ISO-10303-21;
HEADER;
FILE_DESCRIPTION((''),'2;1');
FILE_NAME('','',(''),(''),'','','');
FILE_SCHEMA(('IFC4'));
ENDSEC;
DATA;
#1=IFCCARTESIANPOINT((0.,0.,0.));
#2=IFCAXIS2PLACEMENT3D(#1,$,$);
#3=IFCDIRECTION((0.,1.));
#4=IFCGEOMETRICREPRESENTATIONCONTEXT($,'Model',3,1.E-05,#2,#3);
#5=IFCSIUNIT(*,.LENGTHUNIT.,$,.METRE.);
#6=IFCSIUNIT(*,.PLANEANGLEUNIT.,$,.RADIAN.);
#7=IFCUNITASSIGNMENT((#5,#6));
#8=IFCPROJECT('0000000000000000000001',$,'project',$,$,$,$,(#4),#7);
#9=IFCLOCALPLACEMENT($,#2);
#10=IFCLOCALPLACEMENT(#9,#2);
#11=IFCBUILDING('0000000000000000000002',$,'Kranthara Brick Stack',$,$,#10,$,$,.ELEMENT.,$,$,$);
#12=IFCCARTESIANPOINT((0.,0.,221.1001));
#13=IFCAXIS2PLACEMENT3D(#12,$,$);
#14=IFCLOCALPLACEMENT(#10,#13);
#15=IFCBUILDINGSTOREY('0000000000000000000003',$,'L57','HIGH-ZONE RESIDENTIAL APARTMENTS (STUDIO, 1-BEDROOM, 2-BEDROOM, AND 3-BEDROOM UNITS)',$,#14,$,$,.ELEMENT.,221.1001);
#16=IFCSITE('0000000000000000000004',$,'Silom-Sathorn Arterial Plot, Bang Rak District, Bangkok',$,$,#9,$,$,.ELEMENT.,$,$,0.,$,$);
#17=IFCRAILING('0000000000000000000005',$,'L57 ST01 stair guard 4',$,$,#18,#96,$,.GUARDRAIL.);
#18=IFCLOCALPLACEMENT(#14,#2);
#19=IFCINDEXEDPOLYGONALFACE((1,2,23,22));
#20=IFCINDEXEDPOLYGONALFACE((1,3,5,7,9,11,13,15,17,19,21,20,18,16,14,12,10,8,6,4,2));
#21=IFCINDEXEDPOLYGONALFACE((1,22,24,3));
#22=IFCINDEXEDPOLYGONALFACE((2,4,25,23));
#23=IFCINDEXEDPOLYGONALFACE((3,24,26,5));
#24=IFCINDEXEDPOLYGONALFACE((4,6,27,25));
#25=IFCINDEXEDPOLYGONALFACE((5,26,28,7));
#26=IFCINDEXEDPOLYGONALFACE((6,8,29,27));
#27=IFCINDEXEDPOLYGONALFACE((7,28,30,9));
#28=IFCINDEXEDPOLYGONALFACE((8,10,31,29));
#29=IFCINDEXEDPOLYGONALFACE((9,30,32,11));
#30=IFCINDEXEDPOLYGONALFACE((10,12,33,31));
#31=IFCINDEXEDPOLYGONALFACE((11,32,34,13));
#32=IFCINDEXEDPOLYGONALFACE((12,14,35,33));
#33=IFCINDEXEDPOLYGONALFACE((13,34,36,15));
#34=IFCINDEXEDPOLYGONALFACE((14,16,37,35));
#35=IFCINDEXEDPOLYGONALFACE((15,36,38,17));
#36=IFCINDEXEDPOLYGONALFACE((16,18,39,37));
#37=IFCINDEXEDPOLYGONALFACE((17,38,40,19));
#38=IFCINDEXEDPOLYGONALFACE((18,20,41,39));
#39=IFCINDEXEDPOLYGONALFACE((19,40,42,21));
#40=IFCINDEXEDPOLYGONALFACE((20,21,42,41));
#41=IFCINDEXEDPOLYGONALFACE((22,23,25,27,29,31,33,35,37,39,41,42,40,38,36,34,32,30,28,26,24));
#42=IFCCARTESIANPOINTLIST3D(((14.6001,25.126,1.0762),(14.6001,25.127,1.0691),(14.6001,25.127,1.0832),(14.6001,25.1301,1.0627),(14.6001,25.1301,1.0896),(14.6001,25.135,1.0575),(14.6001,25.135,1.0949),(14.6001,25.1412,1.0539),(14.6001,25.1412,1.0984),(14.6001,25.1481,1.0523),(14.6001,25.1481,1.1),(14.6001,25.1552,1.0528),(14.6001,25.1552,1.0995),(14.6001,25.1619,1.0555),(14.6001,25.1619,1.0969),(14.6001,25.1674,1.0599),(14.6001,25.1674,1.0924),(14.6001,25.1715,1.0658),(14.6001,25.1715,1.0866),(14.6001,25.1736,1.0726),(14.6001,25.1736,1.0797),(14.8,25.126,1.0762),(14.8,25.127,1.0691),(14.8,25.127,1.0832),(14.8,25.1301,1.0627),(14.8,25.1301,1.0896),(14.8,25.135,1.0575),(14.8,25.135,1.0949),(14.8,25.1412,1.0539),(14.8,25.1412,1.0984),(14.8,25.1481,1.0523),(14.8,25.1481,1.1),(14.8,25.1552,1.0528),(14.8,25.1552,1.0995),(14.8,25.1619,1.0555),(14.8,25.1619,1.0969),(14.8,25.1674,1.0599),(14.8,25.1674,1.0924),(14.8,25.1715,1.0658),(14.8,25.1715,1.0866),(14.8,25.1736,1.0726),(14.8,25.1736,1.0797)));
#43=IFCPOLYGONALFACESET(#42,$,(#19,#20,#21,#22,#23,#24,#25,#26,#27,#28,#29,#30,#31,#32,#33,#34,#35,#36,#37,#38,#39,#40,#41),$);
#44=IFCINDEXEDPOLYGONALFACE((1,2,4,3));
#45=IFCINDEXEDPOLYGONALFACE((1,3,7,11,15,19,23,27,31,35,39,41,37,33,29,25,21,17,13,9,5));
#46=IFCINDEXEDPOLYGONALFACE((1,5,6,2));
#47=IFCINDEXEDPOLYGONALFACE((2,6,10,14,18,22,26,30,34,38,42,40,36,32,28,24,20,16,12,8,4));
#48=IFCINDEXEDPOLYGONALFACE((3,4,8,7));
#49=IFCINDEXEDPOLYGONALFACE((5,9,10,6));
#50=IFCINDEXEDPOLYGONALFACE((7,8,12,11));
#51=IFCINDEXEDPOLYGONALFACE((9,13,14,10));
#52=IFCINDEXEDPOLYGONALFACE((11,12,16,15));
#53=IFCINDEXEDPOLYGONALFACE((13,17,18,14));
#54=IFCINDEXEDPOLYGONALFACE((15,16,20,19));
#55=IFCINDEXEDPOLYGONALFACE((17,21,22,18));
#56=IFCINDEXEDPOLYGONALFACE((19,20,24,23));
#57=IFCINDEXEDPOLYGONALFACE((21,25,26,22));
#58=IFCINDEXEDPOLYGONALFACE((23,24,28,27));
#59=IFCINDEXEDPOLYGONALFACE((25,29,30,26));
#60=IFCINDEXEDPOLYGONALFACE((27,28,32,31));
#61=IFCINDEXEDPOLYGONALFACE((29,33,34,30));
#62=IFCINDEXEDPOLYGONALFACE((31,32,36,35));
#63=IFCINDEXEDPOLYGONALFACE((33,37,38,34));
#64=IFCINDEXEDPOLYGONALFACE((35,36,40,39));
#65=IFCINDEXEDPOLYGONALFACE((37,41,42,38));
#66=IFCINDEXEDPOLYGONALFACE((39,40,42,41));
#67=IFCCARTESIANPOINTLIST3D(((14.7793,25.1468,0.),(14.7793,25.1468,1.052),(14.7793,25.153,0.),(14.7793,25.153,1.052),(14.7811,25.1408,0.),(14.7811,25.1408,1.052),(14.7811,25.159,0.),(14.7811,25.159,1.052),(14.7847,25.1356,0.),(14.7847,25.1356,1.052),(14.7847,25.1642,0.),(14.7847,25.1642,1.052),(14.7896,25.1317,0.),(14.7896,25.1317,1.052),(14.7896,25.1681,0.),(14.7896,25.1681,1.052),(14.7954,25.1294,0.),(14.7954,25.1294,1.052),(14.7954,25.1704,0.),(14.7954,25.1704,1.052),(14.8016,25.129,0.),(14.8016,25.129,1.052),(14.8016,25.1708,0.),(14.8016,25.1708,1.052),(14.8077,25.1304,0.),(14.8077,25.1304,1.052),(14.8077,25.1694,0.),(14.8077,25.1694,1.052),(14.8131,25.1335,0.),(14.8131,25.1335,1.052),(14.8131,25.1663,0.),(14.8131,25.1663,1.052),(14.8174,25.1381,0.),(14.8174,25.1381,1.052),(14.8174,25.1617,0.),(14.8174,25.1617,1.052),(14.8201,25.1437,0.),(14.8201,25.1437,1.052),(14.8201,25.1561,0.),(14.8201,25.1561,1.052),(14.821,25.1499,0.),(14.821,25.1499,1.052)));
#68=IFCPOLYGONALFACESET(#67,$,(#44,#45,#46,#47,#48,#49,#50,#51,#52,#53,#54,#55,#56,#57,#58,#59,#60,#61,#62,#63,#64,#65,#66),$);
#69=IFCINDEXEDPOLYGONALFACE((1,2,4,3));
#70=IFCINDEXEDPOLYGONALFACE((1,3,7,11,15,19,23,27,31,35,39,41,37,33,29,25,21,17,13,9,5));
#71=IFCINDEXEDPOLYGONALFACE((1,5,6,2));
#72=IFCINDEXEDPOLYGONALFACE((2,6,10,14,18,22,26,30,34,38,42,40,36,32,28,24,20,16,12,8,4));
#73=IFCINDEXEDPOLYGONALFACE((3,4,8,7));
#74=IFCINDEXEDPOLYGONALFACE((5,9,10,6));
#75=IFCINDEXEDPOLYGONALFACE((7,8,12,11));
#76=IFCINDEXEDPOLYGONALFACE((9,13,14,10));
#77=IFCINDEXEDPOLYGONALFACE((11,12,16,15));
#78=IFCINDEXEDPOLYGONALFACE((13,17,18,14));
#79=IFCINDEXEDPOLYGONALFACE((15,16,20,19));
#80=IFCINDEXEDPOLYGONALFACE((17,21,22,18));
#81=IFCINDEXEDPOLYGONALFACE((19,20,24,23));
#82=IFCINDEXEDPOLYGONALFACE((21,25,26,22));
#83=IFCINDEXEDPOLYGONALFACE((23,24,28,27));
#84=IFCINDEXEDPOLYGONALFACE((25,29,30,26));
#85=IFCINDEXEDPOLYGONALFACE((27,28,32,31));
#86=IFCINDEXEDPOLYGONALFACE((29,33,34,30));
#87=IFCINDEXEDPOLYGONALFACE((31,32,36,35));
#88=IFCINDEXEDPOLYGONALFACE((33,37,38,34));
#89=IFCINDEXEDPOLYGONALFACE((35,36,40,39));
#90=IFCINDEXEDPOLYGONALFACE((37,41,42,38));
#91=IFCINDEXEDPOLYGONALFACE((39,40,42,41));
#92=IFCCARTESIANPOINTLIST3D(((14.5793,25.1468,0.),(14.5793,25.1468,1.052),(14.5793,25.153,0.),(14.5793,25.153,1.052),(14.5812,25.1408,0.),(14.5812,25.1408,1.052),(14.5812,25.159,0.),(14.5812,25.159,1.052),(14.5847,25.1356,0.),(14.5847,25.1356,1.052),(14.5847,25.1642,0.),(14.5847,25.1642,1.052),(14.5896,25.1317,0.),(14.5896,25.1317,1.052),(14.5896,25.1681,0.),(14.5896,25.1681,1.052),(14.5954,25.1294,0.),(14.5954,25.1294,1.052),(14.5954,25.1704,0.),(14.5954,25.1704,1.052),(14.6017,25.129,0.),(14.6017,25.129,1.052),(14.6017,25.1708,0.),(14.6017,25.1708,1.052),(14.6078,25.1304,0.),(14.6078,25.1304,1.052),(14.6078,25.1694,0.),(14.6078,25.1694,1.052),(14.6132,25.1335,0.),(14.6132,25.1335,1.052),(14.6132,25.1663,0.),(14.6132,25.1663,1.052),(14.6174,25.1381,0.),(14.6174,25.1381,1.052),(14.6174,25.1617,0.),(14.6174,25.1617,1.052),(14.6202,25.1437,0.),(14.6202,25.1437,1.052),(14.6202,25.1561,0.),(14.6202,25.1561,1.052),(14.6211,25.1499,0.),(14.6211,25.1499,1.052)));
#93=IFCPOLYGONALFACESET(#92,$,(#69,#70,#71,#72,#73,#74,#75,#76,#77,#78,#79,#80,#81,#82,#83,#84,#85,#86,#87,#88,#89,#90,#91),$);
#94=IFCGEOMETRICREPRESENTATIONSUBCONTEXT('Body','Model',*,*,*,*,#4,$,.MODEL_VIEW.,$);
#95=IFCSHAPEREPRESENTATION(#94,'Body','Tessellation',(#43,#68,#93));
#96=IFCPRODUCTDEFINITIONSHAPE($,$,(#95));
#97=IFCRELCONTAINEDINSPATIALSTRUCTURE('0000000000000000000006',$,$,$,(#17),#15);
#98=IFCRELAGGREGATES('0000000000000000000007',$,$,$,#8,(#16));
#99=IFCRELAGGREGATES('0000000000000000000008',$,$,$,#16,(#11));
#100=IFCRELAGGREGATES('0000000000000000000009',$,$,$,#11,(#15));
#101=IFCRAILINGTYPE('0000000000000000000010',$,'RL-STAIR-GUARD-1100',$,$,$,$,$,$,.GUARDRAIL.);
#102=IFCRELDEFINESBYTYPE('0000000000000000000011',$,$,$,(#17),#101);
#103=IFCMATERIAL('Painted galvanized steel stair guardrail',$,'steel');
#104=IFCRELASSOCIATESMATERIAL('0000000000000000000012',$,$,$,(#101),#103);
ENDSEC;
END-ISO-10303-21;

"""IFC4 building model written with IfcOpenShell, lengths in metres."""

from ifc_helpers import new_model, si_unit, direction, frame, origin, origin_2d, place, context, subcontext, project, spatial, circle, extrude, material, type_object, element, save


model = new_model("IFC4")

# Units and contexts
model_context = context("Model", 3, precision=1e-05, world=origin(), true_north=direction((0.0, 1.0)))
body_context = subcontext(model_context, "Body", "Model", "MODEL_VIEW")
ifc_project = project(units=[si_unit("LENGTHUNIT", "METRE"), si_unit("PLANEANGLEUNIT", "RADIAN")], contexts=[model_context])

# Site, building, storey
site_placement = place(None, origin())
site = spatial("IfcSite", under=ifc_project, at=site_placement, Name="Silom-Sathorn Arterial Plot, Bang Rak District, Bangkok", CompositionType="ELEMENT", RefElevation=0.0)
building_placement = place(site_placement, origin())
building = spatial("IfcBuilding", under=site, at=building_placement, Name="Kranthara Brick Stack", CompositionType="ELEMENT")
storey_placement = place(building_placement, frame((0.0, 0.0, 221.1001)))
storey = spatial("IfcBuildingStorey", under=building, at=storey_placement, Name="L57", Description="HIGH-ZONE RESIDENTIAL APARTMENTS (STUDIO, 1-BEDROOM, 2-BEDROOM, AND 3-BEDROOM UNITS)", CompositionType="ELEMENT", Elevation=221.1001)

# Railing
ifc_material_1 = material(Name="Painted galvanized steel stair guardrail", Category="steel")
railing_type_1 = type_object("IfcRailingType", Name="RL-STAIR-GUARD-1100", PredefinedType="GUARDRAIL", material=ifc_material_1)
railing_1_placement = place(storey_placement, frame((14.8, 25.1499, 0.0)))
element("IfcRailing", 1, at=railing_1_placement, inside=storey, type_object=railing_type_1, Name="L57 ST01 stair guard 4", PredefinedType="GUARDRAIL", context=body_context, shape_type="SweptSolid", body=[
    extrude(circle(Radius=0.0239, at=origin_2d()), frame((0.0, 0.0, 1.0762), z_axis=(-1.0, 0.0, 0.0), x_axis=(0.0, -1.0, 0.0)), (0.0, 0.0, 1.0), 0.2),
    extrude(circle(Radius=0.021, at=origin_2d()), origin(), (0.0, 0.0, 1.0), 1.052),
    extrude(circle(Radius=0.021, at=origin_2d()), frame((-0.2, 0.0, 0.0)), (0.0, 0.0, 1.0), 1.052),
])

save(model, "model.ifc")
